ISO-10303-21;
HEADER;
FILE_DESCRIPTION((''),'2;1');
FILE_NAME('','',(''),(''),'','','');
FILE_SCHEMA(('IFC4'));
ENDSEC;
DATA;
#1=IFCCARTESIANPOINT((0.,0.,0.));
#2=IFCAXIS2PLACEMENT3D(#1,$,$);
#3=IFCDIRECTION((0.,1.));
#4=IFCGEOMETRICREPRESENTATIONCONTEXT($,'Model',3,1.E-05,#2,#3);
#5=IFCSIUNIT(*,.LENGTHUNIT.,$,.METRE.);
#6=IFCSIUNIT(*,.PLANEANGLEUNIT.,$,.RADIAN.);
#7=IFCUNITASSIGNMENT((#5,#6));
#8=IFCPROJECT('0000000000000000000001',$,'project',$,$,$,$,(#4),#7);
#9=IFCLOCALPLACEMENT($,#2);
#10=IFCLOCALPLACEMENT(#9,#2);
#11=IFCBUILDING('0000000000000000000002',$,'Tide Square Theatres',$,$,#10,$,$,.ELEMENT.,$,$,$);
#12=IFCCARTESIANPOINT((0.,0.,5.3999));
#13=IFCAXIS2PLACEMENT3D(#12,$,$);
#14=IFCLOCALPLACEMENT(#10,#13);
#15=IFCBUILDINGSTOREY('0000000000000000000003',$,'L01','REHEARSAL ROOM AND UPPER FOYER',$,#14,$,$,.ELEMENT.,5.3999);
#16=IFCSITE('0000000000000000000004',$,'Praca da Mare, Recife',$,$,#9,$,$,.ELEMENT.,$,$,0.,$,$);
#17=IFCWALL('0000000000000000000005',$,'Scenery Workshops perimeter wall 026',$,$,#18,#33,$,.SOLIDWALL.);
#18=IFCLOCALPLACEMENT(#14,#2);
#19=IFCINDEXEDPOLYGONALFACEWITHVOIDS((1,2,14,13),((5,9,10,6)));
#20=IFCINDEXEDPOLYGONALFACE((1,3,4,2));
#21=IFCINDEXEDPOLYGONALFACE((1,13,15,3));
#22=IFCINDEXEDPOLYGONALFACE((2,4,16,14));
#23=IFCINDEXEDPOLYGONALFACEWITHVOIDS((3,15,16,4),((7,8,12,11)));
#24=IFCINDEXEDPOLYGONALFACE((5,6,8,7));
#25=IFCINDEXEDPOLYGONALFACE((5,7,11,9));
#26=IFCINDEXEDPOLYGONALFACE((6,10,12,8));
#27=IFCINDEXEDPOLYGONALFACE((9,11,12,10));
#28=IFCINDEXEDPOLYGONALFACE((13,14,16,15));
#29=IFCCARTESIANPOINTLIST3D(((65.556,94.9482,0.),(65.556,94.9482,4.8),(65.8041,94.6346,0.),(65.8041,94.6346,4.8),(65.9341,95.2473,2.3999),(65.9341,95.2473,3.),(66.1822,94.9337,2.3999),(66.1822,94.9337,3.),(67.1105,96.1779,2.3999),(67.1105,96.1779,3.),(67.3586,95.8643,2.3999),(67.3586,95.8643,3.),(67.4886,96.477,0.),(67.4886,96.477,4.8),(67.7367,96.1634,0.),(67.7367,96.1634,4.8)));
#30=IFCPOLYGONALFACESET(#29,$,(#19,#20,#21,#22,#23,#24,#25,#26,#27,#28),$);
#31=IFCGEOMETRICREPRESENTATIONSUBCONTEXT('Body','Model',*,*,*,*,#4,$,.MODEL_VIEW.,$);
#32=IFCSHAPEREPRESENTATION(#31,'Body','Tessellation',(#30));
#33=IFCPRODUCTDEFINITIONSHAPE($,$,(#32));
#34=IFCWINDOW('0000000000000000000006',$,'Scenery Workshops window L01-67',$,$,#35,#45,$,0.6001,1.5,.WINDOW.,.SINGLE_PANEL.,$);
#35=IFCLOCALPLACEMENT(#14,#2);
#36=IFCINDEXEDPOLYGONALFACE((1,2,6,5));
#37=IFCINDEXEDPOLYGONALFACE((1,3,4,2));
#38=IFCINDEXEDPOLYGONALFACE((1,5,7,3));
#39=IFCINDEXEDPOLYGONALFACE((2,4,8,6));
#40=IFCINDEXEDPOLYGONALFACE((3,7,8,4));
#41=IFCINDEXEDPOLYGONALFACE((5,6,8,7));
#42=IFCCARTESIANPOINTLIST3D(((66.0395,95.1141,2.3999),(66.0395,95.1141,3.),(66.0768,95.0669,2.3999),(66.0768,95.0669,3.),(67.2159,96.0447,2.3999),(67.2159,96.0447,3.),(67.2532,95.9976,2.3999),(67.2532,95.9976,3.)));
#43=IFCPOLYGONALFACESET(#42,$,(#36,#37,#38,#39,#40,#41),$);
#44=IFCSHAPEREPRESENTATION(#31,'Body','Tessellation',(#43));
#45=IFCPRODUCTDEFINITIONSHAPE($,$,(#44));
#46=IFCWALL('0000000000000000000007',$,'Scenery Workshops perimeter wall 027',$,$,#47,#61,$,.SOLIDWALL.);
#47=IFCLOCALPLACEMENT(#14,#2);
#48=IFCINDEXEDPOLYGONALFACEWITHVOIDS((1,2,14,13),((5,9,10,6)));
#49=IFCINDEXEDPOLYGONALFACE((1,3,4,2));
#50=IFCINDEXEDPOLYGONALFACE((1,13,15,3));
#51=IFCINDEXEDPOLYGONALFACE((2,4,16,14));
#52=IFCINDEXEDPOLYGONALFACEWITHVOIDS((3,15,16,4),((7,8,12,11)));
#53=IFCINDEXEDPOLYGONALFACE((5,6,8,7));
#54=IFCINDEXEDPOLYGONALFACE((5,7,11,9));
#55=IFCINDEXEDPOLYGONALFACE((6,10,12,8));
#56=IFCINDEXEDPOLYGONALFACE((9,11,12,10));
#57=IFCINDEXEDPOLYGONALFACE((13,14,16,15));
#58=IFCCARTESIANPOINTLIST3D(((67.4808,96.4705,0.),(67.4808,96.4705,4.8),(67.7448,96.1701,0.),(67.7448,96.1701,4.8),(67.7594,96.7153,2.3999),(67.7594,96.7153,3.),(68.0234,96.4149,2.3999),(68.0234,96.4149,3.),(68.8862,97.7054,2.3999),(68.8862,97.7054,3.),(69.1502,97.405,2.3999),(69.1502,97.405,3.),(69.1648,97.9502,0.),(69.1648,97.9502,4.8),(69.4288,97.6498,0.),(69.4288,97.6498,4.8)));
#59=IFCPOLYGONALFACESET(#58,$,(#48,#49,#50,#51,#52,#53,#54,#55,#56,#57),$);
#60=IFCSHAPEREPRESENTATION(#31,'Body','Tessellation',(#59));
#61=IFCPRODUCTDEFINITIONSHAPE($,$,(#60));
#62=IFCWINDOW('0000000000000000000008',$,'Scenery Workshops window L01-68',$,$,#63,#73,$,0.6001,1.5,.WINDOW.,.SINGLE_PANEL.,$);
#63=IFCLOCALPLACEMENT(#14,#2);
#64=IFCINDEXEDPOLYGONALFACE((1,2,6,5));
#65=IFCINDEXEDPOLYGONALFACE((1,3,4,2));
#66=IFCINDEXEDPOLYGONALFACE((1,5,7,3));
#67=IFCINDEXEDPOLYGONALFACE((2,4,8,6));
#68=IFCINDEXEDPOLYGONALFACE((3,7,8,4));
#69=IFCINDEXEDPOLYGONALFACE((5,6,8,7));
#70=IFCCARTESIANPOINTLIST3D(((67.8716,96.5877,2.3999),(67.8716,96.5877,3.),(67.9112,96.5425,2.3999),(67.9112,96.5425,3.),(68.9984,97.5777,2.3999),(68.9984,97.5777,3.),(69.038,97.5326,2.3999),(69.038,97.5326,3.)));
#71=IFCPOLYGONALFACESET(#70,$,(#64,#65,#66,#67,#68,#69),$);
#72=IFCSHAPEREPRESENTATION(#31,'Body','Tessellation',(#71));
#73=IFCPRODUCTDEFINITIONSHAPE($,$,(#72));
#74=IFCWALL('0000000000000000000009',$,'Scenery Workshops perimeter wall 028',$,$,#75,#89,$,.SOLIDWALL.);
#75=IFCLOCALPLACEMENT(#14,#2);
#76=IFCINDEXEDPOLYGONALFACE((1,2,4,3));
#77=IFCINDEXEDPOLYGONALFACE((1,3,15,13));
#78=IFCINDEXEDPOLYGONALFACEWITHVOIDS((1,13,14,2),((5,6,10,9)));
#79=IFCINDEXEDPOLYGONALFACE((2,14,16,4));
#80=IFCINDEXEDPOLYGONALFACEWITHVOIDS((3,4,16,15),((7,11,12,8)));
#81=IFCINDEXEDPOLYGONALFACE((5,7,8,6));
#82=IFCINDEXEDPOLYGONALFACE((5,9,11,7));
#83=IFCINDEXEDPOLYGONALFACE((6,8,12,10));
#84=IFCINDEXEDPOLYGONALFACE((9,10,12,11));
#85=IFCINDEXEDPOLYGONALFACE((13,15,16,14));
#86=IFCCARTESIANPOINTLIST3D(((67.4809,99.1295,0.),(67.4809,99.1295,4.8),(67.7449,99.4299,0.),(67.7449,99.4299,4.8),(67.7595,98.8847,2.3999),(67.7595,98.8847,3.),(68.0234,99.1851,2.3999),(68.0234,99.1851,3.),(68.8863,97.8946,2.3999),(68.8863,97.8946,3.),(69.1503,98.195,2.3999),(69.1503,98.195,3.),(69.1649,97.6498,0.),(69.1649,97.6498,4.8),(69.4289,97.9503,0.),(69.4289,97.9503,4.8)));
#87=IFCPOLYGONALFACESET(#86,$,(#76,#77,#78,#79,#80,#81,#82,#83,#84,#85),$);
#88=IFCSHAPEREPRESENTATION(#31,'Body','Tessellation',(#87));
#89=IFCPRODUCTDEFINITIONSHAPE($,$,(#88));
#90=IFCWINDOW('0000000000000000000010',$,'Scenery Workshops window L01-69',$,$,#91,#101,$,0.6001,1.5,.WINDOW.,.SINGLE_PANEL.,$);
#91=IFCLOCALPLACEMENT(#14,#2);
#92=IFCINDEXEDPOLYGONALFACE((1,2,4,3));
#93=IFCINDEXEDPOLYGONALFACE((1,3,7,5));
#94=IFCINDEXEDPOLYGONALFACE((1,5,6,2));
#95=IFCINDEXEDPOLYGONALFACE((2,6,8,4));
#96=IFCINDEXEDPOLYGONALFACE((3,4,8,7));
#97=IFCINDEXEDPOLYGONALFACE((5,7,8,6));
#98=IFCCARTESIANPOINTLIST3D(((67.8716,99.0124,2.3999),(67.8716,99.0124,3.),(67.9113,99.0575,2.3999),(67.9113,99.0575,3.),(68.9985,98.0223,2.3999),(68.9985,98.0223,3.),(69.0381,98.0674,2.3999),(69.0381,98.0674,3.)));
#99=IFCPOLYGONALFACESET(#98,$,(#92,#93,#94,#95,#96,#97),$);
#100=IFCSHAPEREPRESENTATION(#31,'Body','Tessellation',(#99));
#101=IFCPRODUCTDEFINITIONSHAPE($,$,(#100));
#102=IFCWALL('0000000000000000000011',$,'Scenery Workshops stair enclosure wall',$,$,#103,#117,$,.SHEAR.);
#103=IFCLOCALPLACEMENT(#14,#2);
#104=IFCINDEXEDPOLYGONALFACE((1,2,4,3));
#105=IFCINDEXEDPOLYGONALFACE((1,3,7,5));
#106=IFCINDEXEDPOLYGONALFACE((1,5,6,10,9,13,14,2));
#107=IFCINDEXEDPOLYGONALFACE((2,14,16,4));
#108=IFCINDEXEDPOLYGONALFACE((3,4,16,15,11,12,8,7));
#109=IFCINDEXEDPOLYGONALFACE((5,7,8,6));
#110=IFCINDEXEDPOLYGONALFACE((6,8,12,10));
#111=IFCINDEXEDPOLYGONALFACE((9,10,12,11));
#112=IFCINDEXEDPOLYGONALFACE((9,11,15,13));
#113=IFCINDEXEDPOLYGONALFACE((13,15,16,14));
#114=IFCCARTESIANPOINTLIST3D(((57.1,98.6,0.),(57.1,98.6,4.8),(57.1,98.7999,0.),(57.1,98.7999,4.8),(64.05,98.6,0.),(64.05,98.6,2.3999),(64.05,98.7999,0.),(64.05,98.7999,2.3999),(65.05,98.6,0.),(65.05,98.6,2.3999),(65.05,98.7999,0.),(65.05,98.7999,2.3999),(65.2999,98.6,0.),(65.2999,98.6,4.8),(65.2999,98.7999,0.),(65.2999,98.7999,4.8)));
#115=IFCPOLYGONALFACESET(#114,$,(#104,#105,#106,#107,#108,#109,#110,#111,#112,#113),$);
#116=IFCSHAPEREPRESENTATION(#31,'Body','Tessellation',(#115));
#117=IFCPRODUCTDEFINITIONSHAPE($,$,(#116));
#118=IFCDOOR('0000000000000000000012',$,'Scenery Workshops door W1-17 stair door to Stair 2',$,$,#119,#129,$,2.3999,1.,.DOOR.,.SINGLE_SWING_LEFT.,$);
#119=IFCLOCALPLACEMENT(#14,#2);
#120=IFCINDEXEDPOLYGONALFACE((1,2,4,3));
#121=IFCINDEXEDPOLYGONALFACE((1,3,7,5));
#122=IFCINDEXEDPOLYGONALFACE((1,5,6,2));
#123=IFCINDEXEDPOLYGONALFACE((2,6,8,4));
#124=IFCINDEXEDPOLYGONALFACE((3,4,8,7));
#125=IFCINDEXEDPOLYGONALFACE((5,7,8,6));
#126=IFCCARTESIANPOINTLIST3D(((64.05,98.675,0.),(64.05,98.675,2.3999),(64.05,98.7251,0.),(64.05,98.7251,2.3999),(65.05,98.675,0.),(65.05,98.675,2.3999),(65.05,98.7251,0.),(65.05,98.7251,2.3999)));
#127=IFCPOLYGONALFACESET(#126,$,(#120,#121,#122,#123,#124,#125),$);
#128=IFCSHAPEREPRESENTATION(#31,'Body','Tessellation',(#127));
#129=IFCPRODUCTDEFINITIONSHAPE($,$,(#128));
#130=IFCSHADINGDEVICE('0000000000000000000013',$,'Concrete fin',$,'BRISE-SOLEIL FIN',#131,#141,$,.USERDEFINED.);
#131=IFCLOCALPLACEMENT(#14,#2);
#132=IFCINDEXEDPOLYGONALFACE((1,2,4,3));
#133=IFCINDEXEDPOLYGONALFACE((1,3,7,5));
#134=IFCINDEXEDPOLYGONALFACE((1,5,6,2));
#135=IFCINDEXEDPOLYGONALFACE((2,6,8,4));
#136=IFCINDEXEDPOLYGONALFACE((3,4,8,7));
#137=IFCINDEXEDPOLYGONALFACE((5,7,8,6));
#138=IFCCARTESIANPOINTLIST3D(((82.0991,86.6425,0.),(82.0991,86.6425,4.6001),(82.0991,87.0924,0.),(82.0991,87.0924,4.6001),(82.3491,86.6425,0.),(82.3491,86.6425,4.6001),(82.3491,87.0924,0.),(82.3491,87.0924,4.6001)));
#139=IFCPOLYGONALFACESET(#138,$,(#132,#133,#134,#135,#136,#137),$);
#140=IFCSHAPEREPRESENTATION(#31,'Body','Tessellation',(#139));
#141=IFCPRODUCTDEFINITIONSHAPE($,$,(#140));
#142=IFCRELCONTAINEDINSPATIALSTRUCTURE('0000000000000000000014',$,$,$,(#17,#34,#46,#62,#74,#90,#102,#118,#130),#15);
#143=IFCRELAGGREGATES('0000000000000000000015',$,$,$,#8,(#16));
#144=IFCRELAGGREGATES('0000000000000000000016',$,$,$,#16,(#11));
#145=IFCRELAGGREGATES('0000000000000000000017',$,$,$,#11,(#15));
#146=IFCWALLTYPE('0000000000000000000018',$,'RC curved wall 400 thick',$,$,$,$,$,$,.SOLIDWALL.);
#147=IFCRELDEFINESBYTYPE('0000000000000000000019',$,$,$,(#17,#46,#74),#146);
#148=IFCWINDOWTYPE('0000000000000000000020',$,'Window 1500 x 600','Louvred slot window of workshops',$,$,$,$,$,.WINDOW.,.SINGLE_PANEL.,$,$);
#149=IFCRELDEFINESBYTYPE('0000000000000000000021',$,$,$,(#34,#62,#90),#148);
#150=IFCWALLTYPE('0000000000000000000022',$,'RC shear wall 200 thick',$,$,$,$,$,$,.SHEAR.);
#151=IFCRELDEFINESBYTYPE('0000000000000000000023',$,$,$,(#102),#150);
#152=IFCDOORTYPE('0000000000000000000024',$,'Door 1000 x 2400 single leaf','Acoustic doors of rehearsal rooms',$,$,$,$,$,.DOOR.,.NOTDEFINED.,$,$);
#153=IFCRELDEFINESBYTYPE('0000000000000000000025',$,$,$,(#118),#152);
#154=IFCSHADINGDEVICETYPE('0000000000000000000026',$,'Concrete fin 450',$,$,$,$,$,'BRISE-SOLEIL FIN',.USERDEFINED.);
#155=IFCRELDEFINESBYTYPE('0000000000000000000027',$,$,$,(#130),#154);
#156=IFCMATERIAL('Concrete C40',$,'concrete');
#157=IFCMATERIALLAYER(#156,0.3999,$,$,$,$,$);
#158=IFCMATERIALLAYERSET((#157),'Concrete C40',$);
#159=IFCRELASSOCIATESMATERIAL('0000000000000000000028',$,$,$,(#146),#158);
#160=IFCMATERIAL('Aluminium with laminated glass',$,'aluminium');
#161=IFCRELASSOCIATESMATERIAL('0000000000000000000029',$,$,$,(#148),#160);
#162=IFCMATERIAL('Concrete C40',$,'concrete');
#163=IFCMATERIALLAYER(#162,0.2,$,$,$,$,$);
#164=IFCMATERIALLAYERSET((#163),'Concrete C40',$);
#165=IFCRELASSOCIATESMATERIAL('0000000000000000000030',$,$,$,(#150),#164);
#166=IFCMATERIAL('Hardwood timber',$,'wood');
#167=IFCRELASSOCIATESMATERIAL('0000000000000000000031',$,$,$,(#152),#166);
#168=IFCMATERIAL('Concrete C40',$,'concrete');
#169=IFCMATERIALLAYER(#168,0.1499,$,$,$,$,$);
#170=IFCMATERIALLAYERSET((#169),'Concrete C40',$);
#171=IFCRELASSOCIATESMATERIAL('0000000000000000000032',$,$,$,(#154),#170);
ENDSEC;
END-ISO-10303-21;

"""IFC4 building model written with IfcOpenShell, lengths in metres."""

from ifc_helpers import new_model, si_unit, direction, frame, frame_2d, origin, origin_2d, place, context, subcontext, project, spatial, rectangle, extrude, material, layer, layer_set, type_object, element, fill, save


model = new_model("IFC4")

# Units and contexts
model_context = context("Model", 3, precision=1e-05, world=origin(), true_north=direction((0.0, 1.0)))
body_context = subcontext(model_context, "Body", "Model", "MODEL_VIEW")
ifc_project = project(units=[si_unit("LENGTHUNIT", "METRE"), si_unit("PLANEANGLEUNIT", "RADIAN")], contexts=[model_context])

# Site, building, storey
site_placement = place(None, origin())
site = spatial("IfcSite", under=ifc_project, at=site_placement, Name="Praca da Mare, Recife", CompositionType="ELEMENT", RefElevation=0.0)
building_placement = place(site_placement, origin())
building = spatial("IfcBuilding", under=site, at=building_placement, Name="Tide Square Theatres", CompositionType="ELEMENT")
storey_placement = place(building_placement, frame((0.0, 0.0, 5.3999)))
storey = spatial("IfcBuildingStorey", under=building, at=storey_placement, Name="L01", Description="REHEARSAL ROOM AND UPPER FOYER", CompositionType="ELEMENT", Elevation=5.3999)

# Walls, openings, windows
ifc_material_1 = material(Name="Concrete C40", Category="concrete")
ifc_layer_1 = layer(ifc_material_1, 0.3999)
ifc_layer_set_1 = layer_set([ifc_layer_1], Name="Concrete C40")
wall_type_1 = type_object("IfcWallType", Name="RC curved wall 400 thick", PredefinedType="SOLIDWALL", material=ifc_layer_set_1)
wall_1_placement = place(storey_placement, frame((65.6802, 94.7915, 0.0), z_axis=(0.0, 0.0, 1.0), x_axis=(0.784279, 0.620409, 0.0)))
wall_1 = element("IfcWall", 1, at=wall_1_placement, inside=storey, type_object=wall_type_1, Name="Scenery Workshops perimeter wall 026", PredefinedType="SOLIDWALL", context=body_context, shape_type="SweptSolid", body=[
    extrude(rectangle(XDim=2.4641, YDim=0.3999, at=frame_2d((1.2319, 0.0))), origin(), (0.0, 0.0, 1.0), 4.8),
])
opening_1_placement = place(wall_1_placement, frame((0.4819, 0.0, 2.3999)))
opening_1 = element("IfcOpeningElement", 2, at=opening_1_placement, cuts=wall_1, PredefinedType="OPENING", context=body_context, shape_type="SweptSolid", body=[
    extrude(rectangle(XDim=1.5, YDim=0.6001, at=frame_2d((0.75, 0.3))), frame((0.0, 0.21, 0.0), z_axis=(0.0, -1.0, 0.0), x_axis=(1.0, 0.0, 0.0)), (0.0, 0.0, 1.0), 0.4199),
])
ifc_material_2 = material(Name="Aluminium with laminated glass", Category="aluminium")
window_type_1 = type_object("IfcWindowType", Name="Window 1500 x 600", Description="Louvred slot window of workshops", PartitioningType="SINGLE_PANEL", PredefinedType="WINDOW", material=ifc_material_2)
window_1_placement = place(opening_1_placement, origin())
window_1 = element("IfcWindow", 3, at=window_1_placement, inside=storey, type_object=window_type_1, Name="Scenery Workshops window L01-67", OverallHeight=0.6001, OverallWidth=1.5, PartitioningType="SINGLE_PANEL", PredefinedType="WINDOW", context=body_context, shape_type="SweptSolid", body=[
    extrude(rectangle(XDim=1.5, YDim=0.6001, at=frame_2d((0.75, 0.3))), frame((0.0, 0.03, 0.0), z_axis=(0.0, -1.0, 0.0), x_axis=(1.0, 0.0, 0.0)), (0.0, 0.0, 1.0), 0.0601),
])
fill(opening_1, window_1)
wall_2_placement = place(storey_placement, frame((67.6128, 96.3203, 0.0), z_axis=(0.0, 0.0, 1.0), x_axis=(0.751212, 0.660061, 0.0)))
wall_2 = element("IfcWall", 4, at=wall_2_placement, inside=storey, type_object=wall_type_1, Name="Scenery Workshops perimeter wall 027", PredefinedType="SOLIDWALL", context=body_context, shape_type="SweptSolid", body=[
    extrude(rectangle(XDim=2.2417, YDim=0.3999, at=frame_2d((1.1208, 0.0))), origin(), (0.0, 0.0, 1.0), 4.8),
])
opening_2_placement = place(wall_2_placement, frame((0.3708, 0.0, 2.3999)))
opening_2 = element("IfcOpeningElement", 5, at=opening_2_placement, cuts=wall_2, PredefinedType="OPENING", context=body_context, shape_type="SweptSolid", body=[
    extrude(rectangle(XDim=1.5, YDim=0.6001, at=frame_2d((0.75, 0.3))), frame((0.0, 0.21, 0.0), z_axis=(0.0, -1.0, 0.0), x_axis=(1.0, 0.0, 0.0)), (0.0, 0.0, 1.0), 0.4199),
])
window_2_placement = place(opening_2_placement, origin())
window_2 = element("IfcWindow", 6, at=window_2_placement, inside=storey, type_object=window_type_1, Name="Scenery Workshops window L01-68", OverallHeight=0.6001, OverallWidth=1.5, PartitioningType="SINGLE_PANEL", PredefinedType="WINDOW", context=body_context, shape_type="SweptSolid", body=[
    extrude(rectangle(XDim=1.5, YDim=0.6001, at=frame_2d((0.75, 0.3))), frame((0.0, 0.03, 0.0), z_axis=(0.0, -1.0, 0.0), x_axis=(1.0, 0.0, 0.0)), (0.0, 0.0, 1.0), 0.0601),
])
fill(opening_2, window_2)
wall_3_placement = place(storey_placement, frame((69.2969, 97.8, 0.0), z_axis=(0.0, 0.0, 1.0), x_axis=(-0.751212, 0.660061, 0.0)))
wall_3 = element("IfcWall", 7, at=wall_3_placement, inside=storey, type_object=wall_type_1, Name="Scenery Workshops perimeter wall 028", PredefinedType="SOLIDWALL", context=body_context, shape_type="SweptSolid", body=[
    extrude(rectangle(XDim=2.2417, YDim=0.3999, at=frame_2d((1.1208, 0.0))), origin(), (0.0, 0.0, 1.0), 4.8),
])
opening_3_placement = place(wall_3_placement, frame((0.3708, 0.0, 2.3999)))
opening_3 = element("IfcOpeningElement", 8, at=opening_3_placement, cuts=wall_3, PredefinedType="OPENING", context=body_context, shape_type="SweptSolid", body=[
    extrude(rectangle(XDim=1.5, YDim=0.6001, at=frame_2d((0.75, 0.3))), frame((0.0, 0.21, 0.0), z_axis=(0.0, -1.0, 0.0), x_axis=(1.0, 0.0, 0.0)), (0.0, 0.0, 1.0), 0.4199),
])
window_3_placement = place(opening_3_placement, origin())
window_3 = element("IfcWindow", 9, at=window_3_placement, inside=storey, type_object=window_type_1, Name="Scenery Workshops window L01-69", OverallHeight=0.6001, OverallWidth=1.5, PartitioningType="SINGLE_PANEL", PredefinedType="WINDOW", context=body_context, shape_type="SweptSolid", body=[
    extrude(rectangle(XDim=1.5, YDim=0.6001, at=frame_2d((0.75, 0.3))), frame((0.0, 0.03, 0.0), z_axis=(0.0, -1.0, 0.0), x_axis=(1.0, 0.0, 0.0)), (0.0, 0.0, 1.0), 0.0601),
])
fill(opening_3, window_3)

# Wall, opening, door
ifc_material_3 = material(Name="Concrete C40", Category="concrete")
ifc_layer_2 = layer(ifc_material_3, 0.2)
ifc_layer_set_2 = layer_set([ifc_layer_2], Name="Concrete C40")
wall_type_2 = type_object("IfcWallType", Name="RC shear wall 200 thick", PredefinedType="SHEAR", material=ifc_layer_set_2)
wall_4_placement = place(storey_placement, frame((65.3, 98.7, 0.0), z_axis=(0.0, 0.0, 1.0), x_axis=(-1.0, 0.0, 0.0)))
wall_4 = element("IfcWall", 10, at=wall_4_placement, inside=storey, type_object=wall_type_2, Name="Scenery Workshops stair enclosure wall", PredefinedType="SHEAR", context=body_context, shape_type="SweptSolid", body=[
    extrude(rectangle(XDim=8.2, YDim=0.2, at=frame_2d((4.1001, 0.0))), origin(), (0.0, 0.0, 1.0), 4.8),
])
opening_4_placement = place(wall_4_placement, frame((0.25, 0.0, 0.0)))
opening_4 = element("IfcOpeningElement", 11, at=opening_4_placement, cuts=wall_4, PredefinedType="OPENING", context=body_context, shape_type="SweptSolid", body=[
    extrude(rectangle(XDim=1.0, YDim=2.3999, at=frame_2d((0.5, 1.2))), frame((0.0, 0.1099, 0.0), z_axis=(0.0, -1.0, 0.0), x_axis=(1.0, 0.0, 0.0)), (0.0, 0.0, 1.0), 0.22),
])
ifc_material_4 = material(Name="Hardwood timber", Category="wood")
door_type_1 = type_object("IfcDoorType", Name="Door 1000 x 2400 single leaf", Description="Acoustic doors of rehearsal rooms", OperationType="NOTDEFINED", PredefinedType="DOOR", material=ifc_material_4)
door_1_placement = place(opening_4_placement, origin())
door_1 = element("IfcDoor", 12, at=door_1_placement, inside=storey, type_object=door_type_1, Name="Scenery Workshops door W1-17 stair door to Stair 2", OperationType="SINGLE_SWING_LEFT", OverallHeight=2.3999, OverallWidth=1.0, PredefinedType="DOOR", context=body_context, shape_type="SweptSolid", body=[
    extrude(rectangle(XDim=1.0, YDim=2.3999, at=frame_2d((0.5, 1.2))), frame((0.0, 0.0249, 0.0), z_axis=(0.0, -1.0, 0.0), x_axis=(1.0, 0.0, 0.0)), (0.0, 0.0, 1.0), 0.05),
])
fill(opening_4, door_1)

# Shading device
ifc_material_5 = material(Name="Concrete C40", Category="concrete")
ifc_layer_3 = layer(ifc_material_5, 0.1499)
ifc_layer_set_3 = layer_set([ifc_layer_3], Name="Concrete C40")
shading_device_type = type_object("IfcShadingDeviceType", Name="Concrete fin 450", ElementType="BRISE-SOLEIL FIN", PredefinedType="USERDEFINED", material=ifc_layer_set_3)
shading_device_placement = place(storey_placement, frame((82.2241, 86.8674, 0.0), z_axis=(0.0, 0.0, 1.0), x_axis=(-1.0, 0.0, 0.0)))
element("IfcShadingDevice", 13, at=shading_device_placement, inside=storey, type_object=shading_device_type, Name="Concrete fin", ObjectType="BRISE-SOLEIL FIN", PredefinedType="USERDEFINED", context=body_context, shape_type="SweptSolid", body=[
    extrude(rectangle(XDim=0.25, YDim=0.45, at=origin_2d()), origin(), (0.0, 0.0, 1.0), 4.6001),
])

save(model, "model.ifc")
